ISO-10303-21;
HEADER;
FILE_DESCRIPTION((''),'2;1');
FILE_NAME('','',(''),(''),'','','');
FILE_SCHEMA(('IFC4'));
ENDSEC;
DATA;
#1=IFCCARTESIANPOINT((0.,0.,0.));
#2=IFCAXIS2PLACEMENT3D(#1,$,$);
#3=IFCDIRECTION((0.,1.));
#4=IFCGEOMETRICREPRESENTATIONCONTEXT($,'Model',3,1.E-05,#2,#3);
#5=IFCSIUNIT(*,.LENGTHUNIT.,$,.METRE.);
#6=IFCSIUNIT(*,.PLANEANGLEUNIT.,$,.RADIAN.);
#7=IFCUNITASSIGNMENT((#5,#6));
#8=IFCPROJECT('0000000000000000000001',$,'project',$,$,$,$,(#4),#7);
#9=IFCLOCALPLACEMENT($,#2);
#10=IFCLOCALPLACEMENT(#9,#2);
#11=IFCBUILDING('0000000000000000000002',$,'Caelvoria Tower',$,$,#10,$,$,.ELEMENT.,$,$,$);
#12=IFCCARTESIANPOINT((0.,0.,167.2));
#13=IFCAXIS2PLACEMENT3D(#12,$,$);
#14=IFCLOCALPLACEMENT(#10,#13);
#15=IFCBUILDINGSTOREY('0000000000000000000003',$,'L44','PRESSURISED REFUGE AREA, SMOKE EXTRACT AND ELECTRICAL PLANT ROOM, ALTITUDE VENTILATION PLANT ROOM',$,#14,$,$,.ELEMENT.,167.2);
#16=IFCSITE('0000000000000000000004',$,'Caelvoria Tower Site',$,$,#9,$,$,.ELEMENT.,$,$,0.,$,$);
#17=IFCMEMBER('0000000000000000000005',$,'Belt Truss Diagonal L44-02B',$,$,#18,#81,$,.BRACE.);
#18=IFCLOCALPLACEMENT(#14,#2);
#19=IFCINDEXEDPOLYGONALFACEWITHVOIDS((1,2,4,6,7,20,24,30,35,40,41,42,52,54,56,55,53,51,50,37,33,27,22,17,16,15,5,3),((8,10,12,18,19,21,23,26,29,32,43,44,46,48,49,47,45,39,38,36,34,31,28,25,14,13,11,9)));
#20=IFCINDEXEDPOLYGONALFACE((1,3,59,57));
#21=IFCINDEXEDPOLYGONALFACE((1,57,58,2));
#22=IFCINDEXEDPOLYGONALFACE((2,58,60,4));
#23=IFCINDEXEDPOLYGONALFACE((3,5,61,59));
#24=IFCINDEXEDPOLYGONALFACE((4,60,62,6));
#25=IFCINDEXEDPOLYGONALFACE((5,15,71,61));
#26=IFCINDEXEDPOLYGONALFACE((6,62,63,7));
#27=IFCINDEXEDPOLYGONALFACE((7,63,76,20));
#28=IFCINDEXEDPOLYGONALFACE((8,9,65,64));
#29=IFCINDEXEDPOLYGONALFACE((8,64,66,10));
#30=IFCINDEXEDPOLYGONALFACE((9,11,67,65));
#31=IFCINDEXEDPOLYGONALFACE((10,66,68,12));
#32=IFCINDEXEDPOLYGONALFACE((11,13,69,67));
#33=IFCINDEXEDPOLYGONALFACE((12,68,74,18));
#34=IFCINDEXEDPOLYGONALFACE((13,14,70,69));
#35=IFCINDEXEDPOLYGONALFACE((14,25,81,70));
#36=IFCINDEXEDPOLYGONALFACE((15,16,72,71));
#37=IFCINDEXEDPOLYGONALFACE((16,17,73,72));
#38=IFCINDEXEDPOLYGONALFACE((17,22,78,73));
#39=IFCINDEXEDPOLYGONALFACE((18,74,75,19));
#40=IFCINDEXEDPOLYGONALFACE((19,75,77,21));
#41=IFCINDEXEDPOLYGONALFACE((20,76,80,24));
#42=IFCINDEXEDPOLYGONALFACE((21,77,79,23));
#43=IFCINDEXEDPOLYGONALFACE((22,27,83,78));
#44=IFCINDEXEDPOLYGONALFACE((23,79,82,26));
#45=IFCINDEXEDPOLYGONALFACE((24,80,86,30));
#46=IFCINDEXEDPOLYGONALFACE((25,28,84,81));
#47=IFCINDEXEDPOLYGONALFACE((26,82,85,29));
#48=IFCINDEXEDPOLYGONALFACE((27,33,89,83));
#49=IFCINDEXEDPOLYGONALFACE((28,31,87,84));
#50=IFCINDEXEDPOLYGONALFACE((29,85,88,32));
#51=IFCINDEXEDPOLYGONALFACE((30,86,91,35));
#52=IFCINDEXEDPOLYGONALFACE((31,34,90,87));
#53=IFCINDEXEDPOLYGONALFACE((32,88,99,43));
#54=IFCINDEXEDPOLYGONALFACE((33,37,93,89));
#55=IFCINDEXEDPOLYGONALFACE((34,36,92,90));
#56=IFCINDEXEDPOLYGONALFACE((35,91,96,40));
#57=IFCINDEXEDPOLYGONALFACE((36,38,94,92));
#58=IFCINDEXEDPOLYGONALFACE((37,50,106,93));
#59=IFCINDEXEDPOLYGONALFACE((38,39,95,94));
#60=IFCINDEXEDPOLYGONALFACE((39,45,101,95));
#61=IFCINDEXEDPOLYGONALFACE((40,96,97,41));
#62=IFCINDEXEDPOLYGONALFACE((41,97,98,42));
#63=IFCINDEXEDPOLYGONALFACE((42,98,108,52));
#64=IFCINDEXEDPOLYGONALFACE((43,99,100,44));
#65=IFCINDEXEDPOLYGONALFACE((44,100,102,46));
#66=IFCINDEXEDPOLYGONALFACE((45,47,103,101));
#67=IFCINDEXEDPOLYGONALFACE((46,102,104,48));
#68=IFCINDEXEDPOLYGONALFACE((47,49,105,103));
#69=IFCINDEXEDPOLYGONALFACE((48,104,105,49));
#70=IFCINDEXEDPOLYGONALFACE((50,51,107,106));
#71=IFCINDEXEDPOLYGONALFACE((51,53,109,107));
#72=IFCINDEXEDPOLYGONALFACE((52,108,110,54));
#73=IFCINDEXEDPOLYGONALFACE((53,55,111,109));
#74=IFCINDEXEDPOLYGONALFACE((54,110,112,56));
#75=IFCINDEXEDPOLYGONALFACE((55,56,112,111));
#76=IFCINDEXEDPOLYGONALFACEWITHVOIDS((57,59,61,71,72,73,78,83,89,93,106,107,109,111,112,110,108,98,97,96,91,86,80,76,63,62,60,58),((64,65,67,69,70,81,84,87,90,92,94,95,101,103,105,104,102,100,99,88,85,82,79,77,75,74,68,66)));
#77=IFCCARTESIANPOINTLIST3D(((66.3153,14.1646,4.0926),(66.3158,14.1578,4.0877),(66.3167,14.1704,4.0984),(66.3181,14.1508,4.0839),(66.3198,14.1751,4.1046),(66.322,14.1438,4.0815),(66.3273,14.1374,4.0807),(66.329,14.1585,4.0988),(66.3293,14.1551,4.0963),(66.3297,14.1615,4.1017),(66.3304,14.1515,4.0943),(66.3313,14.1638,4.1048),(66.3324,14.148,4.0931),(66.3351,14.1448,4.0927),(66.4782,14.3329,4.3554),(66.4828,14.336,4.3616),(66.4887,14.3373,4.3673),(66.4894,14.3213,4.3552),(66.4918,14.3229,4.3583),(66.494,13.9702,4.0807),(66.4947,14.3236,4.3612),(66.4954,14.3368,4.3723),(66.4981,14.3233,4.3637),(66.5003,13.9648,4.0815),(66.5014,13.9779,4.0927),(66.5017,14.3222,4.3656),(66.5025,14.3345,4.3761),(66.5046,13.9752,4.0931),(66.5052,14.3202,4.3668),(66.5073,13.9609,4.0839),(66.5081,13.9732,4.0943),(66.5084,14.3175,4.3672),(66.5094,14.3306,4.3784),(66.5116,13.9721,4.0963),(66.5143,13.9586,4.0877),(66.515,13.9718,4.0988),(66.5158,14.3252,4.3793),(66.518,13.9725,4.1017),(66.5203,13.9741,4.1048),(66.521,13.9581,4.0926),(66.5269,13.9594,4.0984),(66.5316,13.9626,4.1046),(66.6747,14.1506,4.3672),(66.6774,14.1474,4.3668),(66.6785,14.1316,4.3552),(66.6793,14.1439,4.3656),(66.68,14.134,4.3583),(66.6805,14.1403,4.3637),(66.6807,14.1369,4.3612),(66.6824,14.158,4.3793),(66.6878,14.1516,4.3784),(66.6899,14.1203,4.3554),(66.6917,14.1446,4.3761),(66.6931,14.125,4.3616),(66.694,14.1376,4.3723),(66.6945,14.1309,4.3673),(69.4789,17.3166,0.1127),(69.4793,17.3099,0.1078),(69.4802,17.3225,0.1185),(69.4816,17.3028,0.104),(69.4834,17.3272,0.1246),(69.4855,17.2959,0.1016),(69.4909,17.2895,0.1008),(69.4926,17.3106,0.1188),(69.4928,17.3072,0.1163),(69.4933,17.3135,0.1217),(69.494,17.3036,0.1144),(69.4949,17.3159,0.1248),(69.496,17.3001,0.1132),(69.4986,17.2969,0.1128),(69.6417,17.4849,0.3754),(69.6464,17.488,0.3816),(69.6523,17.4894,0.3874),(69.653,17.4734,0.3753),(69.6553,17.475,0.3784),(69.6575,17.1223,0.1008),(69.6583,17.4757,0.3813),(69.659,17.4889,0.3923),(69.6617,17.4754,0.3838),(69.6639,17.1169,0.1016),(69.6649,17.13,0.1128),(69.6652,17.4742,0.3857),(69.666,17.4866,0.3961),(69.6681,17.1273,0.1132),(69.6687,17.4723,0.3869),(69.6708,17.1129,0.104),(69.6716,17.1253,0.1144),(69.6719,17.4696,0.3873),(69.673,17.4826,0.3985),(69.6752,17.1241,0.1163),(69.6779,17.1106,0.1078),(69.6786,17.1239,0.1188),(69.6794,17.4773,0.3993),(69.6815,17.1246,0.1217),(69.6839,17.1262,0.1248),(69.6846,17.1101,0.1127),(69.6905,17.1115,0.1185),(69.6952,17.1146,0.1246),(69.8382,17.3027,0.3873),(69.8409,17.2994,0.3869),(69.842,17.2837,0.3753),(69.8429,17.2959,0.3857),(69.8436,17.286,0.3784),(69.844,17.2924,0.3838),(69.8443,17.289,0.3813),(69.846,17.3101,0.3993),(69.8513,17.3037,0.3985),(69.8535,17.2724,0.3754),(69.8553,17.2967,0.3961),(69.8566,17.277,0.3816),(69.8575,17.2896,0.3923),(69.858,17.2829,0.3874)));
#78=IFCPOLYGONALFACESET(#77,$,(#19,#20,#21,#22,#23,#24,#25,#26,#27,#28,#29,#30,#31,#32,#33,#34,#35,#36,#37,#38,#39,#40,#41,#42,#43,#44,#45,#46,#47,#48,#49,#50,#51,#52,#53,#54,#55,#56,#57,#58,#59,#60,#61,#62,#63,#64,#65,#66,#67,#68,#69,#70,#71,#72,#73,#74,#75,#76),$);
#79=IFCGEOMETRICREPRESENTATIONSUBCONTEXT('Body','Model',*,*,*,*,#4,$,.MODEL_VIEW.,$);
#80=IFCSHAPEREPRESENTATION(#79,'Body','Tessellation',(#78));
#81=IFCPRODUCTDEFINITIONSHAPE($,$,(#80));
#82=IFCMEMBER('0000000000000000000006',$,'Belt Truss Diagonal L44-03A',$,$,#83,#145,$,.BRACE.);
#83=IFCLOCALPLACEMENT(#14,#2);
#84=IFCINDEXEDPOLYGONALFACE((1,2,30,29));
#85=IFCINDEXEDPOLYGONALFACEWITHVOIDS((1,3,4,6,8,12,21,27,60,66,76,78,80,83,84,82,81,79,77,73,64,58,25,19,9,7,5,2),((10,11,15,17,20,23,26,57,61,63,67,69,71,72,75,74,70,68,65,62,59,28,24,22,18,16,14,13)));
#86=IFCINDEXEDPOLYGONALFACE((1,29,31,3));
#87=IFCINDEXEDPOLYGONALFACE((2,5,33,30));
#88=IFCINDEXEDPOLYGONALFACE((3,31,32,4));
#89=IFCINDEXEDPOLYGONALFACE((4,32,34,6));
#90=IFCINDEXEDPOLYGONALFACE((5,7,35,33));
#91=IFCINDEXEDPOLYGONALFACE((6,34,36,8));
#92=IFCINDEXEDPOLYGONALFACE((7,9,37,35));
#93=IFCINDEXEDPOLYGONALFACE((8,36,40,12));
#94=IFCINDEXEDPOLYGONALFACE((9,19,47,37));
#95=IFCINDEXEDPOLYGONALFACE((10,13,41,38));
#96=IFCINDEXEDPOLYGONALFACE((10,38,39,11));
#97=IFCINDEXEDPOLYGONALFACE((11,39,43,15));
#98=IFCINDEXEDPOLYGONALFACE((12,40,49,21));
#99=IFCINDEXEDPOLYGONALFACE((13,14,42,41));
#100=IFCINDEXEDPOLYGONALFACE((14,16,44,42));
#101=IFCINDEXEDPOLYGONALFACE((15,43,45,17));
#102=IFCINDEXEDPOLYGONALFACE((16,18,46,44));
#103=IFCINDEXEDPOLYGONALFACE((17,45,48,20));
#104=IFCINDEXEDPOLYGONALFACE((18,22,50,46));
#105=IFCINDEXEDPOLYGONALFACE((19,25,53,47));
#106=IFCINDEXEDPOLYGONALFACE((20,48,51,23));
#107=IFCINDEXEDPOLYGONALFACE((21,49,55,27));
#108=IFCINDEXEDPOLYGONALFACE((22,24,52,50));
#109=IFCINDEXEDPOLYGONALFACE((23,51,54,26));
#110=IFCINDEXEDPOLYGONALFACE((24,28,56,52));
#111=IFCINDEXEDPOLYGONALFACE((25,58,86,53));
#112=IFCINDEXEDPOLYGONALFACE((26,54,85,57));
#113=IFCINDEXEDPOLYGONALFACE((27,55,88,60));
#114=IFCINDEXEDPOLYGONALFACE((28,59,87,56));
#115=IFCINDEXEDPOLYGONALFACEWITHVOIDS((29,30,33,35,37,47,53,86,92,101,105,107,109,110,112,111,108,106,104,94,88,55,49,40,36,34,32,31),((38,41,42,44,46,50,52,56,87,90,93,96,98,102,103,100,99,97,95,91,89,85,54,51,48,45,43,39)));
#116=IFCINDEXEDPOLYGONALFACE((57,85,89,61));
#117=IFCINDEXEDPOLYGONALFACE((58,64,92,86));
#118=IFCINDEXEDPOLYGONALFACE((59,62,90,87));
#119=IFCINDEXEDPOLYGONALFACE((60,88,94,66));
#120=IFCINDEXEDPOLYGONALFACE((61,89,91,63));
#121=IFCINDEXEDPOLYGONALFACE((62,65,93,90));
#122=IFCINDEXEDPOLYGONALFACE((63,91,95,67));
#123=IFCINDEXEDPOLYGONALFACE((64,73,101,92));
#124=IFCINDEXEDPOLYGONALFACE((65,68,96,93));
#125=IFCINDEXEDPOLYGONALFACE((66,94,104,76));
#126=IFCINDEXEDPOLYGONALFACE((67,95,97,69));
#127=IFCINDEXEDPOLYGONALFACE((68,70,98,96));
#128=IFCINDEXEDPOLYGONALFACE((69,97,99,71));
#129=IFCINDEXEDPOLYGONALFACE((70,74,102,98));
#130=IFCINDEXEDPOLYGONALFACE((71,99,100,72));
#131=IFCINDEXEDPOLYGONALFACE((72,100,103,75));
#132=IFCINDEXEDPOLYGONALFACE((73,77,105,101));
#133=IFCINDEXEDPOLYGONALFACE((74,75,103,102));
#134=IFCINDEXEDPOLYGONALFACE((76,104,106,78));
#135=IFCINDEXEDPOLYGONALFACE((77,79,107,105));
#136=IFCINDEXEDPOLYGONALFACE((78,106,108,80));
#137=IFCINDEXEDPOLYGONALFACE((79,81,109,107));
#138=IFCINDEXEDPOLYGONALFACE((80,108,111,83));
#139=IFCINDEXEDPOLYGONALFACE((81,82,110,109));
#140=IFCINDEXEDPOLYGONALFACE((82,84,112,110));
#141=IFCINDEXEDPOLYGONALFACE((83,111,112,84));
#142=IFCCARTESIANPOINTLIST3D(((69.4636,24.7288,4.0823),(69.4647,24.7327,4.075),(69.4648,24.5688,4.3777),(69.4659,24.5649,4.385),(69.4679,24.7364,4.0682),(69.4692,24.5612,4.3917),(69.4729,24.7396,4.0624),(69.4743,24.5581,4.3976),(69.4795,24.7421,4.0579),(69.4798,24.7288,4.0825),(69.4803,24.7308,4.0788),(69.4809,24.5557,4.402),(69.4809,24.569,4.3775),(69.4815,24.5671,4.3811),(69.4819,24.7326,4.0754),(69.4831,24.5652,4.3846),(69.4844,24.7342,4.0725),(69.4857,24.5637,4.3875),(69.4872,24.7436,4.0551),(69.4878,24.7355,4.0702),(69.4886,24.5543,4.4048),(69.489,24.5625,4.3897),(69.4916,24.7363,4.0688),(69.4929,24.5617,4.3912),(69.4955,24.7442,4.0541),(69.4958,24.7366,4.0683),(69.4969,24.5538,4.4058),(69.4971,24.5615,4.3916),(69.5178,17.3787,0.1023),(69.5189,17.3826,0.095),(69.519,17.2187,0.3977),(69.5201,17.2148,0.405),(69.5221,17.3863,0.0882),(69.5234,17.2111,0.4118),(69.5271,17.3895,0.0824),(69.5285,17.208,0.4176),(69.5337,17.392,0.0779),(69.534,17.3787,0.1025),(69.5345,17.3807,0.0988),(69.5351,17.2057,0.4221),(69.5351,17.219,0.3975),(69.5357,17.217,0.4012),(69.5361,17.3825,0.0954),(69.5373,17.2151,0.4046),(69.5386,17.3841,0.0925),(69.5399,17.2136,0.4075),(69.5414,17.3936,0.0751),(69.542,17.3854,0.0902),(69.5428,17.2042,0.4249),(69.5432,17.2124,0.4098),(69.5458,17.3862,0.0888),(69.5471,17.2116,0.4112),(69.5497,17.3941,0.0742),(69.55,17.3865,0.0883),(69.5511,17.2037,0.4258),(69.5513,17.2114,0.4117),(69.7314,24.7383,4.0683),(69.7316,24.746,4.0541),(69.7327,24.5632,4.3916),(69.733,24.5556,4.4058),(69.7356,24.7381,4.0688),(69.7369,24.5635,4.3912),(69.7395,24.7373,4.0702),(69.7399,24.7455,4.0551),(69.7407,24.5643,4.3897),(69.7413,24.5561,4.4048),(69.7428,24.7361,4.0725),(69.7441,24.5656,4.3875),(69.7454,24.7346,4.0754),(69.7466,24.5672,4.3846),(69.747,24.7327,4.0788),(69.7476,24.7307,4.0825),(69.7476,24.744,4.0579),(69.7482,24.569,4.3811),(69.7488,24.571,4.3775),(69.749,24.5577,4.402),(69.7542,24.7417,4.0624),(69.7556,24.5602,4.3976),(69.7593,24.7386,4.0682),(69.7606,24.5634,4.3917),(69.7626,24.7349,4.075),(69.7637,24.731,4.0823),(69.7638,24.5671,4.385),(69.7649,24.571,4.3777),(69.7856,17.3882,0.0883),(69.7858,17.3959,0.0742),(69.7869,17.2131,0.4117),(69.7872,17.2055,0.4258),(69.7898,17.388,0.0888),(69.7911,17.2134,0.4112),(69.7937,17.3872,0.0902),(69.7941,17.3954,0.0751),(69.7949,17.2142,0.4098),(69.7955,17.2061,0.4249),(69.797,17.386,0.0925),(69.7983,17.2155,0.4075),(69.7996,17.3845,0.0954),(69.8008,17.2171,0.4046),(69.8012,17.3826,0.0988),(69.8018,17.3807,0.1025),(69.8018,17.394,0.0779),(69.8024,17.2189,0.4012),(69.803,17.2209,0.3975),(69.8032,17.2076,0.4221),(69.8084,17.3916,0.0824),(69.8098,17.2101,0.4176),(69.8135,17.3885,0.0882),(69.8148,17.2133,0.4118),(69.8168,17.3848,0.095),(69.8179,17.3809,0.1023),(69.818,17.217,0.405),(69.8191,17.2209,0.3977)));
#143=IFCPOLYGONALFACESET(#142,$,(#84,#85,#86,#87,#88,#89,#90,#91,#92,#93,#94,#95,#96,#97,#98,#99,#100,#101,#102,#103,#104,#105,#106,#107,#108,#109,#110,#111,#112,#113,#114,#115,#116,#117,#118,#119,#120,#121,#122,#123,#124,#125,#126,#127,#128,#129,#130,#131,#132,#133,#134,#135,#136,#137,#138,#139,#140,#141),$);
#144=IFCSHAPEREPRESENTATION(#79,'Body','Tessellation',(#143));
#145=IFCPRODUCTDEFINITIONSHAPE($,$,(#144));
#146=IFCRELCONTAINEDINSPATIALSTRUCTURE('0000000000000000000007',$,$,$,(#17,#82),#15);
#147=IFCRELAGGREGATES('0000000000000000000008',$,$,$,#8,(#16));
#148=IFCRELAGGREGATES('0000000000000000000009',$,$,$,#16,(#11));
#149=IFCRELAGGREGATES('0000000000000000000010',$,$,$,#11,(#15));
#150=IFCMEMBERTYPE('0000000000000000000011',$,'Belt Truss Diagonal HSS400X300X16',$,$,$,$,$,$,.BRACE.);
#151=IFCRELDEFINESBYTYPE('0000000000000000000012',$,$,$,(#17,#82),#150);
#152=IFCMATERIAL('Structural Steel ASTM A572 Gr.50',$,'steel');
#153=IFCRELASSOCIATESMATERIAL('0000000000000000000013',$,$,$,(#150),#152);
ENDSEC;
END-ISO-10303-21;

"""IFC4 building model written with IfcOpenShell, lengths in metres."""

from ifc_helpers import new_model, si_unit, direction, frame, origin, origin_2d, place, context, subcontext, project, spatial, hollow_rectangle, extrude, material, material_profile, profile_set, type_object, element, save


model = new_model("IFC4")

# Units and contexts
model_context = context("Model", 3, precision=1e-05, world=origin(), true_north=direction((0.0, 1.0)))
body_context = subcontext(model_context, "Body", "Model", "MODEL_VIEW")
ifc_project = project(units=[si_unit("LENGTHUNIT", "METRE"), si_unit("PLANEANGLEUNIT", "RADIAN")], contexts=[model_context])

# Site, building, storey
site_placement = place(None, origin())
site = spatial("IfcSite", under=ifc_project, at=site_placement, Name="Caelvoria Tower Site", CompositionType="ELEMENT", RefElevation=0.0)
building_placement = place(site_placement, origin())
building = spatial("IfcBuilding", under=site, at=building_placement, Name="Caelvoria Tower", CompositionType="ELEMENT")
storey_placement = place(building_placement, frame((0.0, 0.0, 167.2)))
storey = spatial("IfcBuildingStorey", under=building, at=storey_placement, Name="L44", Description="PRESSURISED REFUGE AREA, SMOKE EXTRACT AND ELECTRICAL PLANT ROOM, ALTITUDE VENTILATION PLANT ROOM", CompositionType="ELEMENT", Elevation=167.2)

# Shared definitions
ifc_material_1 = material(Name="Structural Steel ASTM A572 Gr.50", Category="steel")

# Members
ifc_material_profile_1 = material_profile(ifc_material_1, hollow_rectangle(XDim=0.3, YDim=0.3999, WallThickness=0.0161, InnerFilletRadius=0.0161, OuterFilletRadius=0.032, at=origin_2d()), Name="Structural Steel ASTM A572 Gr.50")
ifc_profile_set_1 = profile_set([ifc_material_profile_1], Name="HSS400X300X16 - Structural Steel ASTM A572 Gr.50")
member_type_1 = type_object("IfcMemberType", Name="Belt Truss Diagonal HSS400X300X16", PredefinedType="BRACE", material=ifc_profile_set_1)
member_1_placement = place(storey_placement, frame((66.5049, 14.1477, 4.23), z_axis=(0.52885, 0.526932, -0.665327), x_axis=(-0.705821, 0.70839, 0.0)))
element("IfcMember", 1, at=member_1_placement, inside=storey, type_object=member_type_1, Name="Belt Truss Diagonal L44-02B", PredefinedType="BRACE", context=body_context, shape_type="SweptSolid", body=[
    extrude(hollow_rectangle(XDim=0.3, YDim=0.3999, WallThickness=0.0161, InnerFilletRadius=0.0161, OuterFilletRadius=0.032, at=origin_2d()), origin(), (0.0, 0.0, 1.0), 5.9819),
])
for number, where, z_axis, x_axis, name in (
    (2, (69.6685, 17.2998, 0.25), (-0.006484, 0.87934, 0.476151), (-0.999973, -0.007374, 0.0), "Belt Truss Diagonal L44-03A"),
):
    element("IfcMember", number, at=place(storey_placement, frame(where, z_axis=z_axis, x_axis=x_axis)), inside=storey, type_object=member_type_1, Name=name, PredefinedType="BRACE", context=body_context, shape_type="SweptSolid", body=[
        extrude(hollow_rectangle(XDim=0.3, YDim=0.3999, WallThickness=0.0161, InnerFilletRadius=0.0161, OuterFilletRadius=0.032, at=origin_2d()), origin(), (0.0, 0.0, 1.0), 8.3586),
    ])

save(model, "model.ifc")
